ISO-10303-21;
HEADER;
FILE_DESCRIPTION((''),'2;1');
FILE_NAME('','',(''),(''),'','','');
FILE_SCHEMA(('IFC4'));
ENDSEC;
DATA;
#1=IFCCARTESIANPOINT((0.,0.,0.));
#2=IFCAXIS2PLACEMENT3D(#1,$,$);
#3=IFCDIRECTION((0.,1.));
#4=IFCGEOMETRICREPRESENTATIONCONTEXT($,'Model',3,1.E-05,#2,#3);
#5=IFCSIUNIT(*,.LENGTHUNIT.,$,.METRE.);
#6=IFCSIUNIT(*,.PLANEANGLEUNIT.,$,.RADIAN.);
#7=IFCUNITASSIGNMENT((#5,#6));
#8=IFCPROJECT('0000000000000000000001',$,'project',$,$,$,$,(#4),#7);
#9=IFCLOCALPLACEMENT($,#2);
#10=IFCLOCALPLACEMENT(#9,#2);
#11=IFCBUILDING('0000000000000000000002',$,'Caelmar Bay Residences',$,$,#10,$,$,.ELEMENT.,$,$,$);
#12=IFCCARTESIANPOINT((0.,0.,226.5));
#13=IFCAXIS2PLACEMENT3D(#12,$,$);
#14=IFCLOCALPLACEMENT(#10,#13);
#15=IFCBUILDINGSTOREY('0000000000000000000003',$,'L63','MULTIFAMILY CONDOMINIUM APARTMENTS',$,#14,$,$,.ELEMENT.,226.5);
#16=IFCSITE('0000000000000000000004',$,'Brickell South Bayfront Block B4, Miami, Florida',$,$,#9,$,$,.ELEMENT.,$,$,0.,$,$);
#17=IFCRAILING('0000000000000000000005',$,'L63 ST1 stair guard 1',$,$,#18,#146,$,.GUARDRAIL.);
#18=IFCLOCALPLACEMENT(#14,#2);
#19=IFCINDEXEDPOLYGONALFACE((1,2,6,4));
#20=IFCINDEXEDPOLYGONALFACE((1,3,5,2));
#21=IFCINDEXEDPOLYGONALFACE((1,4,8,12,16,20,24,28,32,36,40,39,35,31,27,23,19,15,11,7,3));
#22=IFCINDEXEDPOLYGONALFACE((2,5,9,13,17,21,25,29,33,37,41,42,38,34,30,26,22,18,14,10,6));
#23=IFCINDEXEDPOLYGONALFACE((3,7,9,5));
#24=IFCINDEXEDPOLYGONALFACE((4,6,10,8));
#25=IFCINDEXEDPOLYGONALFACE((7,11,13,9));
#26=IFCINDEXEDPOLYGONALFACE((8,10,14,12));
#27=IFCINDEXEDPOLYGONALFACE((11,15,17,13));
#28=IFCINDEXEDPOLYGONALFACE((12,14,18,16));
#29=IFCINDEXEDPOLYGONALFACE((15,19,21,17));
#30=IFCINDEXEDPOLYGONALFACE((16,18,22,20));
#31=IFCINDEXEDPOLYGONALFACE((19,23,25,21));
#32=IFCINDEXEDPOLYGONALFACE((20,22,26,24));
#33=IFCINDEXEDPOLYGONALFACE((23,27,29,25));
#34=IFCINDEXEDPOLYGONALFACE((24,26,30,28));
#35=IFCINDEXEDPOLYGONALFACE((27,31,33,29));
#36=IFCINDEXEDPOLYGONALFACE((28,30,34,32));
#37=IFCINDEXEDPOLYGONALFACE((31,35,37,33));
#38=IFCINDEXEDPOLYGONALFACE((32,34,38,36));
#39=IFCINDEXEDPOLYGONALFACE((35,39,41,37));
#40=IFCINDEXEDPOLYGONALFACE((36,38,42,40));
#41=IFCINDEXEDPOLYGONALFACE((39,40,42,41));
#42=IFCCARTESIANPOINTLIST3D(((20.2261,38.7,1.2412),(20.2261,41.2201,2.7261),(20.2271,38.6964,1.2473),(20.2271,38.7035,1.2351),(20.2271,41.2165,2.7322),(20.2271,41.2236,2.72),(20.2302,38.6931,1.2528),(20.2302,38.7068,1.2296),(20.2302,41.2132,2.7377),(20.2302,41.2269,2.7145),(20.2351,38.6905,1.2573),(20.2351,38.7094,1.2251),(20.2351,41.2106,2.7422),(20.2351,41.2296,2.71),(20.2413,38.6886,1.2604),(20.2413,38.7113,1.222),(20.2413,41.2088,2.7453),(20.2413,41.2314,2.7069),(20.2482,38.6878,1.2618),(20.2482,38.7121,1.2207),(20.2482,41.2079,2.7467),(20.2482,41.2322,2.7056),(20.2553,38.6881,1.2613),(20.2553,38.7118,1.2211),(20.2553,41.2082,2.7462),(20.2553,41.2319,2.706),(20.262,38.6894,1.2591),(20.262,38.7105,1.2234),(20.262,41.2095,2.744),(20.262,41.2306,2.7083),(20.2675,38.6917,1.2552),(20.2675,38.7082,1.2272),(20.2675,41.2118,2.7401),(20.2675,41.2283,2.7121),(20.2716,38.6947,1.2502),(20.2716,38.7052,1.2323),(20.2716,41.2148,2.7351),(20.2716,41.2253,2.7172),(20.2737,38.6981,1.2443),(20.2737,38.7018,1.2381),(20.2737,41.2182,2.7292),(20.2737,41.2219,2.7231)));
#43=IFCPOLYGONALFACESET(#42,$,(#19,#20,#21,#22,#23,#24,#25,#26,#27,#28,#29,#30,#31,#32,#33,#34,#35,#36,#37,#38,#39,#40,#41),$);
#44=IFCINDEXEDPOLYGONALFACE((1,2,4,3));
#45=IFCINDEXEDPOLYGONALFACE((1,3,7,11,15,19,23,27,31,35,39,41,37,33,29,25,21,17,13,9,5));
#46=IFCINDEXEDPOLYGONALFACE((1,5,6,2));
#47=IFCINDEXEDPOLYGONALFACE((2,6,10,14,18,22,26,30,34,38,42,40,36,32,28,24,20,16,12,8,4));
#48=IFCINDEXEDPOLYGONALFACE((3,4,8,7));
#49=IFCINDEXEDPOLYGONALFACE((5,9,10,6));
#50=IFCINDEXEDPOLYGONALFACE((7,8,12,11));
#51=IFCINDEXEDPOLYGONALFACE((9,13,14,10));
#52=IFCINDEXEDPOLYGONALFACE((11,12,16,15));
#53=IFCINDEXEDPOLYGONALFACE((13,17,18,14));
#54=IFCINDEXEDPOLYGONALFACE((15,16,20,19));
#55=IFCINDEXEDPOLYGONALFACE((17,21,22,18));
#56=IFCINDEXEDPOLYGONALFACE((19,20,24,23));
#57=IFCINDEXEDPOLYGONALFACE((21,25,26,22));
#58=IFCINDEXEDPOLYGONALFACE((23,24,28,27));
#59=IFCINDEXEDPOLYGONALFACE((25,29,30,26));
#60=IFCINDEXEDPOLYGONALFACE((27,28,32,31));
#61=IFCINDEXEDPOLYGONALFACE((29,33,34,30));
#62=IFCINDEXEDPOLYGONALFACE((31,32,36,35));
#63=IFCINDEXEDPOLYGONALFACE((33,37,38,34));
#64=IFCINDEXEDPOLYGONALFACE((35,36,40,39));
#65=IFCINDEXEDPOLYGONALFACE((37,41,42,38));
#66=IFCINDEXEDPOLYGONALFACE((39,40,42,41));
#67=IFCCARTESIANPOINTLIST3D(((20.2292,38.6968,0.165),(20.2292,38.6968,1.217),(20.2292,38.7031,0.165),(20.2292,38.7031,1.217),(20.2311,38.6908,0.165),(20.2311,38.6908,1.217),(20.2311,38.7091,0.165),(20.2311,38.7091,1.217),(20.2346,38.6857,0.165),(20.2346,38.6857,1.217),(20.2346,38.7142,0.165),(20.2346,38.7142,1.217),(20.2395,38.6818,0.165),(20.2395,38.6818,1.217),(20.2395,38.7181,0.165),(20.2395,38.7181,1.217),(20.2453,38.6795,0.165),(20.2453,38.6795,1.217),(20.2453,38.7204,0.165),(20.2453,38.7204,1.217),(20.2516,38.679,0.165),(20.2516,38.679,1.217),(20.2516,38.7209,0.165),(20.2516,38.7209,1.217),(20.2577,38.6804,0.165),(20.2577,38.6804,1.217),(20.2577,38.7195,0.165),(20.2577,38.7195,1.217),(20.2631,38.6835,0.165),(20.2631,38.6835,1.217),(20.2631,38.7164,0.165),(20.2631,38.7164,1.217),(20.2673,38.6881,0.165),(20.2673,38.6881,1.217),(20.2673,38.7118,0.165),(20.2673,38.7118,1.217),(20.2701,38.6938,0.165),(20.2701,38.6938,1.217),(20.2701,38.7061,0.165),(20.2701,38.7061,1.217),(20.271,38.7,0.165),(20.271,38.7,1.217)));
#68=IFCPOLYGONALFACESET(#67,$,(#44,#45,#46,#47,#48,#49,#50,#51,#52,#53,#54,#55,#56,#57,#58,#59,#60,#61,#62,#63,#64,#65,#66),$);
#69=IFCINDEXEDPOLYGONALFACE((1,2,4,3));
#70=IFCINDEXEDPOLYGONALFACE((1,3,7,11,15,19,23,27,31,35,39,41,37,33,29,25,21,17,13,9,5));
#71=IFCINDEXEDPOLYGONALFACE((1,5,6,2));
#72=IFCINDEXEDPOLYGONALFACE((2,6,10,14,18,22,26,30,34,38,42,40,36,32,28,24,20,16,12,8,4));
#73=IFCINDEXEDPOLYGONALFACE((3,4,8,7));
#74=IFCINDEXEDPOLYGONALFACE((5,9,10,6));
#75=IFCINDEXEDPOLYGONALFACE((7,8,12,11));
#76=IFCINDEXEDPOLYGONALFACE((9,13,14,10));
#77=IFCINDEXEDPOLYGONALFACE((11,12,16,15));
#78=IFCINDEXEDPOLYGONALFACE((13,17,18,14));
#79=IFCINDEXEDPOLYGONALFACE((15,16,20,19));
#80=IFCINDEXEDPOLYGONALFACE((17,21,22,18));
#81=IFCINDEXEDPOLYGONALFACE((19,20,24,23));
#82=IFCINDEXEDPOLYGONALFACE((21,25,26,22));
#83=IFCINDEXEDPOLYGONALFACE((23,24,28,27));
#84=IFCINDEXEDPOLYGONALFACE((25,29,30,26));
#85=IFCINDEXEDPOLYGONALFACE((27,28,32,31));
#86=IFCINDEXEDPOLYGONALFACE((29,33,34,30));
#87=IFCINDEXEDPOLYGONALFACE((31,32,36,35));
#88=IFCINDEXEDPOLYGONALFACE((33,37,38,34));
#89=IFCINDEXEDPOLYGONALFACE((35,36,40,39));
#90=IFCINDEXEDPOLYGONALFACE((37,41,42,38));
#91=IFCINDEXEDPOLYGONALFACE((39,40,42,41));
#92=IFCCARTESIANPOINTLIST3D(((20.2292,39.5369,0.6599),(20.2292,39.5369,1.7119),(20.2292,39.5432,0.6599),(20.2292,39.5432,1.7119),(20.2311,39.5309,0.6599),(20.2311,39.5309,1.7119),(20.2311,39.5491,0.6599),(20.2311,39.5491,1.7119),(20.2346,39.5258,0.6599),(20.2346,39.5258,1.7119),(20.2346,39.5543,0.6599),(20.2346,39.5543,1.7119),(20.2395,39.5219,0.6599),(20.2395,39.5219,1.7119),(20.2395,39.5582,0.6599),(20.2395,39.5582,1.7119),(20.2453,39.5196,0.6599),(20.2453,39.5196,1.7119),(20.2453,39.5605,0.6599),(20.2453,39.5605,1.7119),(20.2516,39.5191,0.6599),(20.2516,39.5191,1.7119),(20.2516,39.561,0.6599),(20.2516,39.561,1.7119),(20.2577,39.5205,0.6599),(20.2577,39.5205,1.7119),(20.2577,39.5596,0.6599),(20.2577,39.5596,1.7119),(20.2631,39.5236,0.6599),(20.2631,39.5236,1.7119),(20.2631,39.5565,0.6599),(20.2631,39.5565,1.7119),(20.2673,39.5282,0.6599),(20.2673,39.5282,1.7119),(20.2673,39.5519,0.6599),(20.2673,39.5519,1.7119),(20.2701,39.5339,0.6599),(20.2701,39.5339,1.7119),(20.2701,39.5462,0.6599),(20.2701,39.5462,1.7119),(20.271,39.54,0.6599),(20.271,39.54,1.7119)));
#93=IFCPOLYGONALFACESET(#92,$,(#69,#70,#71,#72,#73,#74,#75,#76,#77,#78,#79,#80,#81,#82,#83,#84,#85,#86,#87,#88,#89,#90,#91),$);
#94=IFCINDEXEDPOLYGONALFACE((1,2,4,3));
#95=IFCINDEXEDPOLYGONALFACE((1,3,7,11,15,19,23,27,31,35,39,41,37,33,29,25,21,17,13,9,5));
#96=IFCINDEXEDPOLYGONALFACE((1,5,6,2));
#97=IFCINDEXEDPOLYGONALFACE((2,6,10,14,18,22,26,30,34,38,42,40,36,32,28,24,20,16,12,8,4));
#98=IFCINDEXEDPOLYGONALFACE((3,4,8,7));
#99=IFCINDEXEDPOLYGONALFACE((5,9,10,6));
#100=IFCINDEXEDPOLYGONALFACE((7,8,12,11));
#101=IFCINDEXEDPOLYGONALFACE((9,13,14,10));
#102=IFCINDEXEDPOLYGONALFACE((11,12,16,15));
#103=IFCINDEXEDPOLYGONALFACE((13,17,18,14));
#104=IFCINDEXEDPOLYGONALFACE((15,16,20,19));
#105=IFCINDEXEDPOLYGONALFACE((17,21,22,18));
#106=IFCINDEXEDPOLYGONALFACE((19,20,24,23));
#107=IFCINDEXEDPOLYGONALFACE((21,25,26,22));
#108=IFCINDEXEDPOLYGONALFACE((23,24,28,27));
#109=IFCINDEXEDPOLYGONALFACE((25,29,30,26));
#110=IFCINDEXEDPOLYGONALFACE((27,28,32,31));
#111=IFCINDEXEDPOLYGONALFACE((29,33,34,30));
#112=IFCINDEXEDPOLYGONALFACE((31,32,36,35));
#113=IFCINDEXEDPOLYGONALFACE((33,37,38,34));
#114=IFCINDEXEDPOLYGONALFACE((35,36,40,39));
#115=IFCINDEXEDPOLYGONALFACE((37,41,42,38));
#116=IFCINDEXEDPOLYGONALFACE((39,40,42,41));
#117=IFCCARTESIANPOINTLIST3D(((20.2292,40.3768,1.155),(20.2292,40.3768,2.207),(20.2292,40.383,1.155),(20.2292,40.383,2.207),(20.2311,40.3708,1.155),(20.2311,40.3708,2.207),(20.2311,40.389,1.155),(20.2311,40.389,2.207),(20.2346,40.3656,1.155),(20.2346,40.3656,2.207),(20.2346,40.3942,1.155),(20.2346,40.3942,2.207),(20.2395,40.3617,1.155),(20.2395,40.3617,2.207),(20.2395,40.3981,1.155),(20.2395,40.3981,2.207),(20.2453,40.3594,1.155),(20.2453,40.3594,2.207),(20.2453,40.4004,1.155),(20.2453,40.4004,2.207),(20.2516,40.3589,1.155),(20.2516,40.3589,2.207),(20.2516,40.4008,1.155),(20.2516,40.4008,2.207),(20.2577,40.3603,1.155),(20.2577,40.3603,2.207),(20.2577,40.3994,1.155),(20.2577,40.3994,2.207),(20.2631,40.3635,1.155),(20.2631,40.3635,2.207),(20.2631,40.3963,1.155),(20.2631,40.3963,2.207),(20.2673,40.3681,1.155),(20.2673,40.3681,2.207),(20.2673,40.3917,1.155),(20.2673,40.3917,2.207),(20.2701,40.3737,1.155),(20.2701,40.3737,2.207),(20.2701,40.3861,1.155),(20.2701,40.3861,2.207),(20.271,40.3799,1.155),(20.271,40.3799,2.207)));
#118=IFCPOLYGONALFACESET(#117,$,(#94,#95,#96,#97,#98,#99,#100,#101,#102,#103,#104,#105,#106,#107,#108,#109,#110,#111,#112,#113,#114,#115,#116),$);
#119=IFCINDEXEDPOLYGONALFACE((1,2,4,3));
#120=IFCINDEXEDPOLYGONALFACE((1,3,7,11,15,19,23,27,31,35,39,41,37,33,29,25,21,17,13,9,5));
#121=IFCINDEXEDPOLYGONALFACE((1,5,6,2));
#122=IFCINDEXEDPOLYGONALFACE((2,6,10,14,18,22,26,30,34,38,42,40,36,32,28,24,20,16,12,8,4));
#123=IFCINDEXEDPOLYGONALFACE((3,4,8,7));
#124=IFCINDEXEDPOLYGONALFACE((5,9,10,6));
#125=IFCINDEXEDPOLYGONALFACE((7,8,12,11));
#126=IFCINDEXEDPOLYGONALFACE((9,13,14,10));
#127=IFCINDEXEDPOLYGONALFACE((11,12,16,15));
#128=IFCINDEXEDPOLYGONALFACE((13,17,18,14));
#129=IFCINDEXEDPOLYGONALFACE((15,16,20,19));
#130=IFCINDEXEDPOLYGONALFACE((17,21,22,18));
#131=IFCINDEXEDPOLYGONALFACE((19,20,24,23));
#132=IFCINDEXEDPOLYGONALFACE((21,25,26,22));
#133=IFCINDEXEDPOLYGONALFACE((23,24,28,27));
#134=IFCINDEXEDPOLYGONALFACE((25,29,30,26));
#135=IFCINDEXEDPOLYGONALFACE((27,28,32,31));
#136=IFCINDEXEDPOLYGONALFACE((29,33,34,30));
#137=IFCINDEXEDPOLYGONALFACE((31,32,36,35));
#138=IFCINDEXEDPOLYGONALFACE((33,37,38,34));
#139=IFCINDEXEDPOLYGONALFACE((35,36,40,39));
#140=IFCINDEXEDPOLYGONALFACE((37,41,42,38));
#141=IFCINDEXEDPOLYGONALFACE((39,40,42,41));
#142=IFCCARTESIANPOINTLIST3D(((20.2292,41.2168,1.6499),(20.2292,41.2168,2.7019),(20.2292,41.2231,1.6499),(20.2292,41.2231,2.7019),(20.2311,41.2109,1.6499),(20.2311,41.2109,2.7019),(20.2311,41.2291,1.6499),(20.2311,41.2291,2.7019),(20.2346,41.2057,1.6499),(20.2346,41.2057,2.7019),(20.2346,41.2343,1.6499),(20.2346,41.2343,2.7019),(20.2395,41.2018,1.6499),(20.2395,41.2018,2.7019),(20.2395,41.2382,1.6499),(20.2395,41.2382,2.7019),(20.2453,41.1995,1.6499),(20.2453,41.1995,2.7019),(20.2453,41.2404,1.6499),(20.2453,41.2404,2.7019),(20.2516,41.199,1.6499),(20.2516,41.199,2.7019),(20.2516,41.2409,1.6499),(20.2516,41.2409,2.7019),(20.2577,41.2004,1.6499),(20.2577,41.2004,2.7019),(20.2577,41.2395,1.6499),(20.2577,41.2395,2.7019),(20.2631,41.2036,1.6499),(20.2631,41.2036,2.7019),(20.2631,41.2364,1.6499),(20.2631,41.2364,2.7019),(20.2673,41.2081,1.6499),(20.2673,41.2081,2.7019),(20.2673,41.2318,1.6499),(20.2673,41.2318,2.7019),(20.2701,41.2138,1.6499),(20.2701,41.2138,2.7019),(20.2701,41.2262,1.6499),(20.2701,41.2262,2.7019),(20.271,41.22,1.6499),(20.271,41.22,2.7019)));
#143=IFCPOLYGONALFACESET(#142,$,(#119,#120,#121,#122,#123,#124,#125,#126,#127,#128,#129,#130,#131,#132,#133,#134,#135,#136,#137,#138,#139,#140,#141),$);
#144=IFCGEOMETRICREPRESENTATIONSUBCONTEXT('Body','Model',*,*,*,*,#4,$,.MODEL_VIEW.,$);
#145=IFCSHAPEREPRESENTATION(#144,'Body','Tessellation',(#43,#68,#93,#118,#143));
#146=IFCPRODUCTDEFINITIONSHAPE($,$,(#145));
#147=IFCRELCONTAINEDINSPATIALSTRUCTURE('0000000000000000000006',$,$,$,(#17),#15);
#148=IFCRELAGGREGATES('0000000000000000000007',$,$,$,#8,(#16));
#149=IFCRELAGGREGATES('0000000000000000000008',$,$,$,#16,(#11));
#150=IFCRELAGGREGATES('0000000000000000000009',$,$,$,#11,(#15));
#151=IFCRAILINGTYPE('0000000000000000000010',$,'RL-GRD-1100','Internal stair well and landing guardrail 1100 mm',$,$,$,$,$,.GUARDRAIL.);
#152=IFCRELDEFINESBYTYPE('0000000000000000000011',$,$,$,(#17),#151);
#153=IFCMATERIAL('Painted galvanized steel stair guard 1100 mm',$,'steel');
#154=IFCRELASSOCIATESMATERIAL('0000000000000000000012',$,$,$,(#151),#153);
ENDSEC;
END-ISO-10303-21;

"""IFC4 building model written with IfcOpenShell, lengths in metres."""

from ifc_helpers import new_model, si_unit, direction, frame, origin, origin_2d, place, context, subcontext, project, spatial, circle, extrude, material, type_object, element, save


model = new_model("IFC4")

# Units and contexts
model_context = context("Model", 3, precision=1e-05, world=origin(), true_north=direction((0.0, 1.0)))
body_context = subcontext(model_context, "Body", "Model", "MODEL_VIEW")
ifc_project = project(units=[si_unit("LENGTHUNIT", "METRE"), si_unit("PLANEANGLEUNIT", "RADIAN")], contexts=[model_context])

# Site, building, storey
site_placement = place(None, origin())
site = spatial("IfcSite", under=ifc_project, at=site_placement, Name="Brickell South Bayfront Block B4, Miami, Florida", CompositionType="ELEMENT", RefElevation=0.0)
building_placement = place(site_placement, origin())
building = spatial("IfcBuilding", under=site, at=building_placement, Name="Caelmar Bay Residences", CompositionType="ELEMENT")
storey_placement = place(building_placement, frame((0.0, 0.0, 226.5)))
storey = spatial("IfcBuildingStorey", under=building, at=storey_placement, Name="L63", Description="MULTIFAMILY CONDOMINIUM APARTMENTS", CompositionType="ELEMENT", Elevation=226.5)

# Railing
ifc_material_1 = material(Name="Painted galvanized steel stair guard 1100 mm", Category="steel")
railing_type_1 = type_object("IfcRailingType", Name="RL-GRD-1100", Description="Internal stair well and landing guardrail 1100 mm", PredefinedType="GUARDRAIL", material=ifc_material_1)
railing_1_placement = place(storey_placement, frame((20.25, 38.7, 0.165)))
element("IfcRailing", 1, at=railing_1_placement, inside=storey, type_object=railing_type_1, Name="L63 ST1 stair guard 1", PredefinedType="GUARDRAIL", context=body_context, shape_type="SweptSolid", body=[
    extrude(circle(Radius=0.0239, at=origin_2d()), frame((0.0, 0.0, 1.0762), z_axis=(0.0, 0.861561, 0.507655), x_axis=(-1.0, 0.0, 0.0)), (0.0, 0.0, 1.0), 2.925),
    extrude(circle(Radius=0.021, at=origin_2d()), origin(), (0.0, 0.0, 1.0), 1.052),
    extrude(circle(Radius=0.021, at=origin_2d()), frame((0.0, 0.8401, 0.4949)), (0.0, 0.0, 1.0), 1.052),
    extrude(circle(Radius=0.021, at=origin_2d()), frame((0.0, 1.6799, 0.99)), (0.0, 0.0, 1.0), 1.052),
    extrude(circle(Radius=0.021, at=origin_2d()), frame((0.0, 2.52, 1.4849)), (0.0, 0.0, 1.0), 1.052),
])

save(model, "model.ifc")
